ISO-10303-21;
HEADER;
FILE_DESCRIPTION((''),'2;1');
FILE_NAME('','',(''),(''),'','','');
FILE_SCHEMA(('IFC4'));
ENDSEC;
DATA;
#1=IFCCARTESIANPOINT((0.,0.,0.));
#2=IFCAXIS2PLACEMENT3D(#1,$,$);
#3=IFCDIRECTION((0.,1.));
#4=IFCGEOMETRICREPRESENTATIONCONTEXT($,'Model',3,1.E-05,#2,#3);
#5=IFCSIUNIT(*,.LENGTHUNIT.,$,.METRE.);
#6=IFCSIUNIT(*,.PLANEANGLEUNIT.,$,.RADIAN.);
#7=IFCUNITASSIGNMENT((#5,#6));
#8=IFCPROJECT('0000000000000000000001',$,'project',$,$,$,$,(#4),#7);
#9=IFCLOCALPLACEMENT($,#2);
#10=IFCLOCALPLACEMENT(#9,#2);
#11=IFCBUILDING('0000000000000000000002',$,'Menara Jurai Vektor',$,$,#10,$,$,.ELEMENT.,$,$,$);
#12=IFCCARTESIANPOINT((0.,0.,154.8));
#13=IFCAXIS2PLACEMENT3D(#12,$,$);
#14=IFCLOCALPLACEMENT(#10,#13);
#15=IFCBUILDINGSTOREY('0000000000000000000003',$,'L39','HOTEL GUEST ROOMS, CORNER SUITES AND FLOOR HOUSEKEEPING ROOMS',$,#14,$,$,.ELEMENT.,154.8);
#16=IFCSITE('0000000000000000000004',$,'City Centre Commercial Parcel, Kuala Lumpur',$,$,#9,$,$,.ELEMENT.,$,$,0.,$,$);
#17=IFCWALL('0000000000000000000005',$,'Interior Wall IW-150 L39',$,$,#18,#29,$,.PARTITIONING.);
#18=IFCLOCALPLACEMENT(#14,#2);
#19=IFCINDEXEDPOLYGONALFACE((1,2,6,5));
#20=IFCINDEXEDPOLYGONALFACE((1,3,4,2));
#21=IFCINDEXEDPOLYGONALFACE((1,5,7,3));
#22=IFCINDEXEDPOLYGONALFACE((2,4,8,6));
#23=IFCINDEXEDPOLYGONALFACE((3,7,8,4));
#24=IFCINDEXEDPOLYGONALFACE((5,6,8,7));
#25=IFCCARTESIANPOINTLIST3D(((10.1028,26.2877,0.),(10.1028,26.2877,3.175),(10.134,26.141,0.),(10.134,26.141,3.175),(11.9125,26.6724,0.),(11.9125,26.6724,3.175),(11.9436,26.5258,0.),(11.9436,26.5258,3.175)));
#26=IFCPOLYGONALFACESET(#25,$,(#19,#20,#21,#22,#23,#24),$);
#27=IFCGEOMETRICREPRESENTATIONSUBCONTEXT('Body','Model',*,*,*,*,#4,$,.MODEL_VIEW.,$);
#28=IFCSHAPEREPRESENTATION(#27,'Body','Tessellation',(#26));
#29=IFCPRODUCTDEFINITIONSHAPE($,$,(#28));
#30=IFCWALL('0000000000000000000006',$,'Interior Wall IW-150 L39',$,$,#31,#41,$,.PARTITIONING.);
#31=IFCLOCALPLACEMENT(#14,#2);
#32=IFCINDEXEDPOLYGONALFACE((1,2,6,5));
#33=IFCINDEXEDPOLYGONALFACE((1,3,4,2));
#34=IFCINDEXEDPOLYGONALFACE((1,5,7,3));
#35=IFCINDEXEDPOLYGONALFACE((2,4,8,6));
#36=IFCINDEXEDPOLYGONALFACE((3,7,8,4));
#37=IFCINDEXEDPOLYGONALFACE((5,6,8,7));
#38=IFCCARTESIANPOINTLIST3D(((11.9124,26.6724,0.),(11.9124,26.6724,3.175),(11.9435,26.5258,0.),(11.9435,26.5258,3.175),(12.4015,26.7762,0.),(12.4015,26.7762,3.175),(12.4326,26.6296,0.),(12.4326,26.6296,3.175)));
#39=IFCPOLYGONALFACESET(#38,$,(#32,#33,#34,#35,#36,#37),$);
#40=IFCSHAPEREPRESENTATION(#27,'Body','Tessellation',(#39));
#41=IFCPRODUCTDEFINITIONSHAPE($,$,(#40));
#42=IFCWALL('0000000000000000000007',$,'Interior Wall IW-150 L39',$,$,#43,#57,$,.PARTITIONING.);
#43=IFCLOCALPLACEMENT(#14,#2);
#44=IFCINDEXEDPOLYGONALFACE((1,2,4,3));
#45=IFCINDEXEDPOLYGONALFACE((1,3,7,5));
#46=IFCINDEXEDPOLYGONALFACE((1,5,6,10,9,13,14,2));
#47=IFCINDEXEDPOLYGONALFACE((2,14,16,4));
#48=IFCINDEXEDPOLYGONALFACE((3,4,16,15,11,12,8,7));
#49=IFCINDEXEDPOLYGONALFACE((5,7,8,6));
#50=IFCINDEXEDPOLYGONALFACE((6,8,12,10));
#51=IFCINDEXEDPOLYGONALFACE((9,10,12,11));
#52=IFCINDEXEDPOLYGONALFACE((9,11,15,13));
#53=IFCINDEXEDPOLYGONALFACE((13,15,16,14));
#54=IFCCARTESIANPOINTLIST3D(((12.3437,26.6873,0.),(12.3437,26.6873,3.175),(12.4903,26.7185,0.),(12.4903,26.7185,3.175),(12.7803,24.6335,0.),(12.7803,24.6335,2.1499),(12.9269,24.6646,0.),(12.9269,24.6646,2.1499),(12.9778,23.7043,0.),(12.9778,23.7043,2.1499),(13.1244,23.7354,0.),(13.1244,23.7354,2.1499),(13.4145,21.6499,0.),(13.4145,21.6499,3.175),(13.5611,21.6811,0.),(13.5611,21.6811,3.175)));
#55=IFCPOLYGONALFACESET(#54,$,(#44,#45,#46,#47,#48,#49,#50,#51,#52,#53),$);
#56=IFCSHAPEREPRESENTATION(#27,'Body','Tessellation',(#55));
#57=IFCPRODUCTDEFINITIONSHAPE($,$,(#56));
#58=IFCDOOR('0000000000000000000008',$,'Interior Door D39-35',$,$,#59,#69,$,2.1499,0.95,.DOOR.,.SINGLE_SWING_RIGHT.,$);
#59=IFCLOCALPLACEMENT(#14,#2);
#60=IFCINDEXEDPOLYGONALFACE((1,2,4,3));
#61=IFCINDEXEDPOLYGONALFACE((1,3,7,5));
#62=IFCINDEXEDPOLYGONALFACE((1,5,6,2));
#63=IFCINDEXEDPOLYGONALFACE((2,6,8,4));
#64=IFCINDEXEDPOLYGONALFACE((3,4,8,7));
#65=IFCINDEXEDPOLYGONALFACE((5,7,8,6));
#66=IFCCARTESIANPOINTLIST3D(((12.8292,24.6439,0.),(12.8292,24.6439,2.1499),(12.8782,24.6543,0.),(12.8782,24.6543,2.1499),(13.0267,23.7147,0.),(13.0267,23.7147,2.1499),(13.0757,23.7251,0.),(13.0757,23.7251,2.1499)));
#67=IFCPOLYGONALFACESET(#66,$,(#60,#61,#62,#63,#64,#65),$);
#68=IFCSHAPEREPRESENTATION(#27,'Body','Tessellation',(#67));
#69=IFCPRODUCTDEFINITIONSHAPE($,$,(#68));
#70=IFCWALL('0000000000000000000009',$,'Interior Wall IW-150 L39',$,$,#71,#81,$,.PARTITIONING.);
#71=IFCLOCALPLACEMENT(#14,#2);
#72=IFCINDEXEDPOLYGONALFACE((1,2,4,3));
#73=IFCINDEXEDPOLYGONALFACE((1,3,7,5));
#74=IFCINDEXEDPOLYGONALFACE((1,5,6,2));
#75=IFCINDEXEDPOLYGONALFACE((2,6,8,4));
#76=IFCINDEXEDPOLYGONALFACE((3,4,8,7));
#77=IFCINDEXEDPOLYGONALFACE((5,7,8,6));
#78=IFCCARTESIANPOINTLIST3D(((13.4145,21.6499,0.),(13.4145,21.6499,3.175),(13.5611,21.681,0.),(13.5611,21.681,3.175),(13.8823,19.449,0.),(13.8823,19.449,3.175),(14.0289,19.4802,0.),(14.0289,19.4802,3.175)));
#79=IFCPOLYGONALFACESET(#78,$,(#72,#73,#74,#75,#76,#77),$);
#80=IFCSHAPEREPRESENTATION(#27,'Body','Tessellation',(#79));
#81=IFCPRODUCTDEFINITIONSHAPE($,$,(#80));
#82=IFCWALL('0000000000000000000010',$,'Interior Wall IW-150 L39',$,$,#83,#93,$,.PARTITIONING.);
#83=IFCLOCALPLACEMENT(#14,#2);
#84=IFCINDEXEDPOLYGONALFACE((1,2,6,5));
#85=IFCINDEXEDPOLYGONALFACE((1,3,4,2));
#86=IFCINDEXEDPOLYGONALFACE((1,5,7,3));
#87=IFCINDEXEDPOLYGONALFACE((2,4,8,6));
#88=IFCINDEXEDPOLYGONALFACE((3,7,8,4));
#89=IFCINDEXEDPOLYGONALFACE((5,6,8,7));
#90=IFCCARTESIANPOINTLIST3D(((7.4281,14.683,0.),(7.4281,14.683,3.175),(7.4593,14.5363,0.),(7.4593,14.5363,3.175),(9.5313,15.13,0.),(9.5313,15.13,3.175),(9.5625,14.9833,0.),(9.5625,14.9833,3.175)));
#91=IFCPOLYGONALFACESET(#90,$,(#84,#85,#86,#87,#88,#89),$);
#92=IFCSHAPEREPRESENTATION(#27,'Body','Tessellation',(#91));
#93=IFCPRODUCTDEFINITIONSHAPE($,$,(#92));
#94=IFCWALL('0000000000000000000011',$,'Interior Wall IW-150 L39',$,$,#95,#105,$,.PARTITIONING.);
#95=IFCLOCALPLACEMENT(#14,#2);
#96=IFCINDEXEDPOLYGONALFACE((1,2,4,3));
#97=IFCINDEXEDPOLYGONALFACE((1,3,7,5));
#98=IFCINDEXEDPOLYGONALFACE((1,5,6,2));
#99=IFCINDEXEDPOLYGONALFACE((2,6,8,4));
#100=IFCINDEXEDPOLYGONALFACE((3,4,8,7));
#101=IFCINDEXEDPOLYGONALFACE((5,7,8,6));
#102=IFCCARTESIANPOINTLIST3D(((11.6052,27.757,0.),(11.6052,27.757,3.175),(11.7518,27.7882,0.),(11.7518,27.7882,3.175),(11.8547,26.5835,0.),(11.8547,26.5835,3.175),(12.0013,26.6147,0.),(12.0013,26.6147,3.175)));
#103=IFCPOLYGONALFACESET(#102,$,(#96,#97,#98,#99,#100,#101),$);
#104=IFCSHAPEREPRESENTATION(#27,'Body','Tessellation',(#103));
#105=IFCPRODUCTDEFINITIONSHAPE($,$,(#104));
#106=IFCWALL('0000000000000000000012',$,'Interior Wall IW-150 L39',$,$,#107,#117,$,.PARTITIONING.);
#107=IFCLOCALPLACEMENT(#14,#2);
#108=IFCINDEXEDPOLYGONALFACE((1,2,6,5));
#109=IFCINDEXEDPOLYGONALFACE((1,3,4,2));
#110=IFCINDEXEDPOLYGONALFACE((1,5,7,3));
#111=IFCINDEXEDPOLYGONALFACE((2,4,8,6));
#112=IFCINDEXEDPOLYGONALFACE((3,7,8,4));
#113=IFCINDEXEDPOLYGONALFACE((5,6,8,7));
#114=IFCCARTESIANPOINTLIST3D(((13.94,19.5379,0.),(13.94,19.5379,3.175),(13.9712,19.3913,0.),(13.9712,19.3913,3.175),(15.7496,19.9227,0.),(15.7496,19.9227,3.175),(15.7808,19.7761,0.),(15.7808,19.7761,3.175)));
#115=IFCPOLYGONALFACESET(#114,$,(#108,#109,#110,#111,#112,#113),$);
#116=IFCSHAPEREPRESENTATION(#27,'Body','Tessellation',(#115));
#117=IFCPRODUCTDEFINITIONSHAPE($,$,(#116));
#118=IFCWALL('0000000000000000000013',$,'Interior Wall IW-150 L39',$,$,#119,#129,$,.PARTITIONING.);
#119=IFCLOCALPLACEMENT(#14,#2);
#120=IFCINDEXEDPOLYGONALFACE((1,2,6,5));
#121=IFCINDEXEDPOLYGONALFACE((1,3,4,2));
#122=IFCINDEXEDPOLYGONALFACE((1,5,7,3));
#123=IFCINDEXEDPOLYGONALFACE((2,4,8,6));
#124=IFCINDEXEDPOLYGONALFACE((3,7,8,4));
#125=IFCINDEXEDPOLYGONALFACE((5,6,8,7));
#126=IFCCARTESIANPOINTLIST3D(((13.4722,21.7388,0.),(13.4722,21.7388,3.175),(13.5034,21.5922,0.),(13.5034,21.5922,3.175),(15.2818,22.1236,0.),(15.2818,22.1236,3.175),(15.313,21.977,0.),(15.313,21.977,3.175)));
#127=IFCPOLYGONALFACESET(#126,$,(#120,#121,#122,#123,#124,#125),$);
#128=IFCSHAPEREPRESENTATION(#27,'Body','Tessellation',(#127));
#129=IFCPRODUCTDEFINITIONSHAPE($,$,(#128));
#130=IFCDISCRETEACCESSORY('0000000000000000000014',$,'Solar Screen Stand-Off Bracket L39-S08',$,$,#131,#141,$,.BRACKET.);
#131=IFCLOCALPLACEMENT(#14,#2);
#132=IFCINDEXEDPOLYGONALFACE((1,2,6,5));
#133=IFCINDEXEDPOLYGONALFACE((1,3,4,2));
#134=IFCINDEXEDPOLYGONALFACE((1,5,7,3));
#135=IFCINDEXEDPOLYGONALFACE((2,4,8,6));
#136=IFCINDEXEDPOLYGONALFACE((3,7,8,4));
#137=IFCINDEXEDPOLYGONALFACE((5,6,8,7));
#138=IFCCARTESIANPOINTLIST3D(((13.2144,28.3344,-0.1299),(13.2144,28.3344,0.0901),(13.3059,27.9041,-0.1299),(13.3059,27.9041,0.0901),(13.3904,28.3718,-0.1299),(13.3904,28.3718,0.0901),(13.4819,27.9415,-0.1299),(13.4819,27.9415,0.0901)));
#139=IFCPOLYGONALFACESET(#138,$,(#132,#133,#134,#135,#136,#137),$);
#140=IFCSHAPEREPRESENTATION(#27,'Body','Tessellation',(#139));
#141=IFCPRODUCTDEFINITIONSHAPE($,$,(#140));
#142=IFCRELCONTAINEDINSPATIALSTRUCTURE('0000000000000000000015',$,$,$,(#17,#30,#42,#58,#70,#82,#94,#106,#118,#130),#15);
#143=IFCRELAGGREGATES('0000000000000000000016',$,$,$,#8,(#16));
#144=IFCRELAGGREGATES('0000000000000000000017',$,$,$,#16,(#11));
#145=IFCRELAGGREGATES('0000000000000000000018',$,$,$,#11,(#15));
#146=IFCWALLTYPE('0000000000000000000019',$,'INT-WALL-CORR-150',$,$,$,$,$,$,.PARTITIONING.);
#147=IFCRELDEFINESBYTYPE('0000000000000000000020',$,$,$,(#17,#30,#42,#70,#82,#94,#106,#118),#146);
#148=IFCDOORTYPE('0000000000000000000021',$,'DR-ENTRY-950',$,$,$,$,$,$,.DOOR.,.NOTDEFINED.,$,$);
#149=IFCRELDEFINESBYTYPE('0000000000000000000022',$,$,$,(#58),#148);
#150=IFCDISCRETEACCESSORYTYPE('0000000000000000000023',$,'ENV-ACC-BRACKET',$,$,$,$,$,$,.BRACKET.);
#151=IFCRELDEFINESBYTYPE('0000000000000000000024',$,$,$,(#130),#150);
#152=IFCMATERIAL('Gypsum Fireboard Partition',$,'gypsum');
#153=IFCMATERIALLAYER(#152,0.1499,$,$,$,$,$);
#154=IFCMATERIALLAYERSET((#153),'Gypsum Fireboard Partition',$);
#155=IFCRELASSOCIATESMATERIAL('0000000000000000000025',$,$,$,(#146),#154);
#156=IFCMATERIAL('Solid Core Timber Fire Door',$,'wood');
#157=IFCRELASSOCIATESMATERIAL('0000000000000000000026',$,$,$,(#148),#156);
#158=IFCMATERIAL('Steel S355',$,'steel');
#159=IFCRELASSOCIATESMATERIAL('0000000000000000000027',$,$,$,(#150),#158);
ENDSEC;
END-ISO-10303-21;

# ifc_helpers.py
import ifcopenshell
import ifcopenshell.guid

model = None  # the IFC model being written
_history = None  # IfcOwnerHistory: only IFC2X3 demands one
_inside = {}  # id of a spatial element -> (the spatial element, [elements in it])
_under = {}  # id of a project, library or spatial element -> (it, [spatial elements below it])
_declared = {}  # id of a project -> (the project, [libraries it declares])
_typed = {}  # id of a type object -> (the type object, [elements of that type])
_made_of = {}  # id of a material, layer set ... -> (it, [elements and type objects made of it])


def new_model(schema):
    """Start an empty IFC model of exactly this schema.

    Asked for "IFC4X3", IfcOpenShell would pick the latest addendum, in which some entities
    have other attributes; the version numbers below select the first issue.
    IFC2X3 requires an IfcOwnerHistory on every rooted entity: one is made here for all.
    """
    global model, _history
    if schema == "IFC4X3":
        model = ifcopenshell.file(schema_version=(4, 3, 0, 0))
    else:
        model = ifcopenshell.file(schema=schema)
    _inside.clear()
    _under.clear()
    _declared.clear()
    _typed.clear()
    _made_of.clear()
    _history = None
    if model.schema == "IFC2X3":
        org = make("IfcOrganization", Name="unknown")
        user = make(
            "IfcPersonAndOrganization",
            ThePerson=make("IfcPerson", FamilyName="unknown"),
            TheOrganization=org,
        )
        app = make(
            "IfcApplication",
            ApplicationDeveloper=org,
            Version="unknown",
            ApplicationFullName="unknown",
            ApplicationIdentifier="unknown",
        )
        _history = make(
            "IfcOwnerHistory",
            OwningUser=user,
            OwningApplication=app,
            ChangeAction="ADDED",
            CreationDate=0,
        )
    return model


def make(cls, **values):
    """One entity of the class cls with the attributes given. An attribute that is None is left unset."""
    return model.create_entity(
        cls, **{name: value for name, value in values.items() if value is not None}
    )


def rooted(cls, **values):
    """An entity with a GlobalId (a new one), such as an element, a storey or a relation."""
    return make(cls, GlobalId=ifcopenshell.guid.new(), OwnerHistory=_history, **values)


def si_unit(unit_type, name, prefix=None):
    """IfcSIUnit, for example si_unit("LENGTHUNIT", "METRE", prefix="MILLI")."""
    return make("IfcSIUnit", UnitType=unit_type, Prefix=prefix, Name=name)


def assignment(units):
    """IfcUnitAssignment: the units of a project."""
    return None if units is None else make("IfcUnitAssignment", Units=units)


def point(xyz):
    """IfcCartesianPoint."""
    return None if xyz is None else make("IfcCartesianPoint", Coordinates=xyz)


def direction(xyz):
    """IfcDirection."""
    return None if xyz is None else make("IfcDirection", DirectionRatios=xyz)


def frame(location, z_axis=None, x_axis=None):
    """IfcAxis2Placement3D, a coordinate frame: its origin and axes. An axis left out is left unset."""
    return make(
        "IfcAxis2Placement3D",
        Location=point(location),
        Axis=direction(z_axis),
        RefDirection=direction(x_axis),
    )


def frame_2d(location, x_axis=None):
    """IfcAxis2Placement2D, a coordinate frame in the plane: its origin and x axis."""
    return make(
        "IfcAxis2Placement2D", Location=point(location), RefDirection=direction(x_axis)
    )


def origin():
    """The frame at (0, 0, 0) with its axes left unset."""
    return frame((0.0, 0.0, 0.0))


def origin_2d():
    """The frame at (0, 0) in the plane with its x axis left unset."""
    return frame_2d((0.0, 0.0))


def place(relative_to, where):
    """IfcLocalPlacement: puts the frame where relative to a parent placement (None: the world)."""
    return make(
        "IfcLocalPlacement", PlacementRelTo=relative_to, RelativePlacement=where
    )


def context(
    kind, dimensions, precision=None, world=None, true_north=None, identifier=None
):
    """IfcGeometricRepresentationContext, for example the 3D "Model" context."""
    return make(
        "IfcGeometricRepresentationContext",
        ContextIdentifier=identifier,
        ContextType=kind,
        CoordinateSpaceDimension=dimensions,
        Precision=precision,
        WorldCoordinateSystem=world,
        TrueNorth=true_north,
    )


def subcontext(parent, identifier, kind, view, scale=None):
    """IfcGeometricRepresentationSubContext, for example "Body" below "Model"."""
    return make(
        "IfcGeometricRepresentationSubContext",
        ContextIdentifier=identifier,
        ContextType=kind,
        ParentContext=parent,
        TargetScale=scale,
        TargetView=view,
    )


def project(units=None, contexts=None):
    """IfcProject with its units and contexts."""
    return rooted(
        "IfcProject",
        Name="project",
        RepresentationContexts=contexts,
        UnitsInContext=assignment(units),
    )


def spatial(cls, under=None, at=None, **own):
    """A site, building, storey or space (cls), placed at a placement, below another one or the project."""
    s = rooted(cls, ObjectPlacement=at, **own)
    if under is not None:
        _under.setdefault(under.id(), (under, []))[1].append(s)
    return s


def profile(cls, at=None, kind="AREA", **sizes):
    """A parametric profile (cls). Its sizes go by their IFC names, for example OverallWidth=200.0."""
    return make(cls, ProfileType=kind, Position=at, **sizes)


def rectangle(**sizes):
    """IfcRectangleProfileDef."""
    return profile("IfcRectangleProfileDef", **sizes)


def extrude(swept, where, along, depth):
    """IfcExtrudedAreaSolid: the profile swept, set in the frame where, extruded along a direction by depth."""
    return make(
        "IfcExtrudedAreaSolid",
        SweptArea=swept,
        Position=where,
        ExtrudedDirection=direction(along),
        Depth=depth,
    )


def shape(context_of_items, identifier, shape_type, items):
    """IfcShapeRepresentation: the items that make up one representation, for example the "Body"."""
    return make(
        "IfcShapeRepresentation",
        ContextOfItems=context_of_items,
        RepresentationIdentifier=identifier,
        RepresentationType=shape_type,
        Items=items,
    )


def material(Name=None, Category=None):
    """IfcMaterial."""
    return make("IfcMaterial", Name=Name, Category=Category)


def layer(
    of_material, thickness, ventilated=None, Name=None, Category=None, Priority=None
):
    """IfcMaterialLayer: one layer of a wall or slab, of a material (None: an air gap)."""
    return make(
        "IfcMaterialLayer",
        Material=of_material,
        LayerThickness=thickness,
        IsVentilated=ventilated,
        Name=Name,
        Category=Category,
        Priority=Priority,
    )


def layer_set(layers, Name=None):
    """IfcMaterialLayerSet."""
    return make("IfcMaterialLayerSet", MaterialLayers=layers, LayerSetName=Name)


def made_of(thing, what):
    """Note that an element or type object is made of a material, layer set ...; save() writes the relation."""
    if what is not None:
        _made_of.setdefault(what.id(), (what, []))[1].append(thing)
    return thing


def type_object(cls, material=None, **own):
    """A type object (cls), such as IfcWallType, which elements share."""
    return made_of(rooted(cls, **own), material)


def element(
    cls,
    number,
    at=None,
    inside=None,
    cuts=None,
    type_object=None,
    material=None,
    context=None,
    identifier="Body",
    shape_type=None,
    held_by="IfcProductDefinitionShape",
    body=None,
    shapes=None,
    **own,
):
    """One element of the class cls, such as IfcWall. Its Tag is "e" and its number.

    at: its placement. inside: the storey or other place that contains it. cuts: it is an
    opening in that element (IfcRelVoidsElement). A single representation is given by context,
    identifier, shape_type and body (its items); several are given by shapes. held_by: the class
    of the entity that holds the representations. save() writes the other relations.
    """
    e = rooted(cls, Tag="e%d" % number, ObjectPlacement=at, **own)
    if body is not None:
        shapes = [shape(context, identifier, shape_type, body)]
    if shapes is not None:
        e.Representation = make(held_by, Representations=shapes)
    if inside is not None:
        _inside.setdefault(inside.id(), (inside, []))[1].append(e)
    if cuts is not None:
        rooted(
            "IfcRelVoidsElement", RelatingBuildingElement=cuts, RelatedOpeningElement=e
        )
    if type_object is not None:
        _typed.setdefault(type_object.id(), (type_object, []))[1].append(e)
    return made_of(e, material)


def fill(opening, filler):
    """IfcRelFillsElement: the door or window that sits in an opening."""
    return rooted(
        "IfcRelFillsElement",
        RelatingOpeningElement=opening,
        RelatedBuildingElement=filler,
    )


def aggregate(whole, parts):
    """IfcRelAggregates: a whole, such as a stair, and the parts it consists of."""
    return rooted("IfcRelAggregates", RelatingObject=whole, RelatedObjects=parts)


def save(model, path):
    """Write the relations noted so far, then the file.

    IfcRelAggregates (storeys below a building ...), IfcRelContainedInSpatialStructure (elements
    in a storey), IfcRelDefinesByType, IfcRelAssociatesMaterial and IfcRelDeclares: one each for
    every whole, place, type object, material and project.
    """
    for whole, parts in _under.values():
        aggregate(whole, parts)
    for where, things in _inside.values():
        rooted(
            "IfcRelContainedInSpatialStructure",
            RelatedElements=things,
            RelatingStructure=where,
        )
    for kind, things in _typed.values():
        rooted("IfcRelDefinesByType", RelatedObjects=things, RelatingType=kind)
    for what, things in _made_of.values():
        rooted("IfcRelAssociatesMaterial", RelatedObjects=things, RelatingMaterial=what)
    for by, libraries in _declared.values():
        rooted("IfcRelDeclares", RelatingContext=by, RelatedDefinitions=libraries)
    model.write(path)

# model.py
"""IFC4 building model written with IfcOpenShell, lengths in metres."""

from ifc_helpers import new_model, si_unit, direction, frame, frame_2d, origin, origin_2d, place, context, subcontext, project, spatial, rectangle, extrude, material, layer, layer_set, type_object, element, fill, save


model = new_model("IFC4")

# Units and contexts
model_context = context("Model", 3, precision=1e-05, world=origin(), true_north=direction((0.0, 1.0)))
body_context = subcontext(model_context, "Body", "Model", "MODEL_VIEW")
ifc_project = project(units=[si_unit("LENGTHUNIT", "METRE"), si_unit("PLANEANGLEUNIT", "RADIAN")], contexts=[model_context])

# Site, building, storey
site_placement = place(None, origin())
site = spatial("IfcSite", under=ifc_project, at=site_placement, Name="City Centre Commercial Parcel, Kuala Lumpur", CompositionType="ELEMENT", RefElevation=0.0)
building_placement = place(site_placement, origin())
building = spatial("IfcBuilding", under=site, at=building_placement, Name="Menara Jurai Vektor", CompositionType="ELEMENT")
storey_placement = place(building_placement, frame((0.0, 0.0, 154.8)))
storey = spatial("IfcBuildingStorey", under=building, at=storey_placement, Name="L39", Description="HOTEL GUEST ROOMS, CORNER SUITES AND FLOOR HOUSEKEEPING ROOMS", CompositionType="ELEMENT", Elevation=154.8)

# Shared definitions
ifc_material_1 = material(Name="Steel S355", Category="steel")

# Walls
ifc_material_2 = material(Name="Gypsum Fireboard Partition", Category="gypsum")
ifc_layer_1 = layer(ifc_material_2, 0.1499)
ifc_layer_set_1 = layer_set([ifc_layer_1], Name="Gypsum Fireboard Partition")
wall_type = type_object("IfcWallType", Name="INT-WALL-CORR-150", PredefinedType="PARTITIONING", material=ifc_layer_set_1)
wall_1_placement = place(storey_placement, frame((10.1184, 26.2144, 0.0), z_axis=(0.0, 0.0, 1.0), x_axis=(0.978133, 0.207979, 0.0)))
element("IfcWall", 1, at=wall_1_placement, inside=storey, type_object=wall_type, Name="Interior Wall IW-150 L39", PredefinedType="PARTITIONING", context=body_context, shape_type="SweptSolid", body=[
    extrude(rectangle(XDim=1.8501, YDim=0.1499, at=frame_2d((0.925, 0.0))), origin(), (0.0, 0.0, 1.0), 3.175),
])
wall_2_placement = place(storey_placement, frame((11.928, 26.5991, 0.0), z_axis=(0.0, 0.0, 1.0), x_axis=(0.978222, 0.207561, 0.0)))
element("IfcWall", 2, at=wall_2_placement, inside=storey, type_object=wall_type, Name="Interior Wall IW-150 L39", PredefinedType="PARTITIONING", context=body_context, shape_type="SweptSolid", body=[
    extrude(rectangle(XDim=0.5, YDim=0.1499, at=frame_2d((0.25, 0.0))), origin(), (0.0, 0.0, 1.0), 3.175),
])

# Wall, opening, door
wall_3_placement = place(storey_placement, frame((13.4878, 21.6655, 0.0), z_axis=(0.0, 0.0, 1.0), x_axis=(-0.207926, 0.978145, 0.0)))
wall_3 = element("IfcWall", 3, at=wall_3_placement, inside=storey, type_object=wall_type, Name="Interior Wall IW-150 L39", PredefinedType="PARTITIONING", context=body_context, shape_type="SweptSolid", body=[
    extrude(rectangle(XDim=5.1499, YDim=0.1499, at=frame_2d((2.575, 0.0))), origin(), (0.0, 0.0, 1.0), 3.175),
])
opening_placement = place(wall_3_placement, frame((2.1001, 0.0, 0.0)))
opening = element("IfcOpeningElement", 4, at=opening_placement, cuts=wall_3, PredefinedType="OPENING", context=body_context, shape_type="SweptSolid", body=[
    extrude(rectangle(XDim=0.95, YDim=2.1499, at=frame_2d((0.4751, 1.075))), frame((0.0, 0.085, 0.0), z_axis=(0.0, -1.0, 0.0), x_axis=(1.0, 0.0, 0.0)), (0.0, 0.0, 1.0), 0.1699),
])
ifc_material_3 = material(Name="Solid Core Timber Fire Door", Category="wood")
door_type = type_object("IfcDoorType", Name="DR-ENTRY-950", OperationType="NOTDEFINED", PredefinedType="DOOR", material=ifc_material_3)
door_placement = place(opening_placement, origin())
door = element("IfcDoor", 5, at=door_placement, inside=storey, type_object=door_type, Name="Interior Door D39-35", OperationType="SINGLE_SWING_RIGHT", OverallHeight=2.1499, OverallWidth=0.95, PredefinedType="DOOR", context=body_context, shape_type="SweptSolid", body=[
    extrude(rectangle(XDim=0.95, YDim=2.1499, at=frame_2d((0.4751, 1.075))), frame((0.0, 0.0249, 0.0), z_axis=(0.0, -1.0, 0.0), x_axis=(1.0, 0.0, 0.0)), (0.0, 0.0, 1.0), 0.05),
])
fill(opening, door)

# Walls
wall_4_placement = place(storey_placement, frame((13.9556, 19.4646, 0.0), z_axis=(0.0, 0.0, 1.0), x_axis=(-0.207891, 0.978152, 0.0)))
element("IfcWall", 6, at=wall_4_placement, inside=storey, type_object=wall_type, Name="Interior Wall IW-150 L39", PredefinedType="PARTITIONING", context=body_context, shape_type="SweptSolid", body=[
    extrude(rectangle(XDim=2.25, YDim=0.1499, at=frame_2d((1.125, 0.0))), origin(), (0.0, 0.0, 1.0), 3.175),
])
wall_5_placement = place(storey_placement, frame((7.4436, 14.6096, 0.0), z_axis=(0.0, 0.0, 1.0), x_axis=(0.978152, 0.207893, 0.0)))
element("IfcWall", 7, at=wall_5_placement, inside=storey, type_object=wall_type, Name="Interior Wall IW-150 L39", PredefinedType="PARTITIONING", context=body_context, shape_type="SweptSolid", body=[
    extrude(rectangle(XDim=2.1501, YDim=0.1499, at=frame_2d((1.0752, 0.0))), origin(), (0.0, 0.0, 1.0), 3.175),
])
wall_6_placement = place(storey_placement, frame((11.928, 26.5991, 0.0), z_axis=(0.0, 0.0, 1.0), x_axis=(-0.207959, 0.978138, 0.0)))
element("IfcWall", 8, at=wall_6_placement, inside=storey, type_object=wall_type, Name="Interior Wall IW-150 L39", PredefinedType="PARTITIONING", context=body_context, shape_type="SweptSolid", body=[
    extrude(rectangle(XDim=1.1997, YDim=0.1499, at=frame_2d((0.5999, 0.0))), origin(), (0.0, 0.0, 1.0), 3.175),
])
for number, where, z_axis, x_axis, name in (
    (9, (13.9556, 19.4646, 0.0), (0.0, 0.0, 1.0), (0.978133, 0.207979, 0.0), "Interior Wall IW-150 L39"),
    (10, (13.4878, 21.6655, 0.0), (0.0, 0.0, 1.0), (0.978133, 0.207979, 0.0), "Interior Wall IW-150 L39"),
):
    element("IfcWall", number, at=place(storey_placement, frame(where, z_axis=z_axis, x_axis=x_axis)), inside=storey, type_object=wall_type, Name=name, PredefinedType="PARTITIONING", context=body_context, shape_type="SweptSolid", body=[
        extrude(rectangle(XDim=1.8501, YDim=0.1499, at=frame_2d((0.925, 0.0))), origin(), (0.0, 0.0, 1.0), 3.175),
    ])

# Discrete accessory
discrete_accessory_type = type_object("IfcDiscreteAccessoryType", Name="ENV-ACC-BRACKET", PredefinedType="BRACKET", material=ifc_material_1)
discrete_accessory_placement = place(storey_placement, frame((13.3481, 28.1379, -0.1299), z_axis=(0.0, 0.0, 1.0), x_axis=(-0.978148, -0.207912, 0.0)))
element("IfcDiscreteAccessory", 11, at=discrete_accessory_placement, inside=storey, type_object=discrete_accessory_type, Name="Solar Screen Stand-Off Bracket L39-S08", PredefinedType="BRACKET", context=body_context, shape_type="SweptSolid", body=[
    extrude(rectangle(XDim=0.1799, YDim=0.4399, at=origin_2d()), origin(), (0.0, 0.0, 1.0), 0.22),
])

save(model, "model.ifc")
